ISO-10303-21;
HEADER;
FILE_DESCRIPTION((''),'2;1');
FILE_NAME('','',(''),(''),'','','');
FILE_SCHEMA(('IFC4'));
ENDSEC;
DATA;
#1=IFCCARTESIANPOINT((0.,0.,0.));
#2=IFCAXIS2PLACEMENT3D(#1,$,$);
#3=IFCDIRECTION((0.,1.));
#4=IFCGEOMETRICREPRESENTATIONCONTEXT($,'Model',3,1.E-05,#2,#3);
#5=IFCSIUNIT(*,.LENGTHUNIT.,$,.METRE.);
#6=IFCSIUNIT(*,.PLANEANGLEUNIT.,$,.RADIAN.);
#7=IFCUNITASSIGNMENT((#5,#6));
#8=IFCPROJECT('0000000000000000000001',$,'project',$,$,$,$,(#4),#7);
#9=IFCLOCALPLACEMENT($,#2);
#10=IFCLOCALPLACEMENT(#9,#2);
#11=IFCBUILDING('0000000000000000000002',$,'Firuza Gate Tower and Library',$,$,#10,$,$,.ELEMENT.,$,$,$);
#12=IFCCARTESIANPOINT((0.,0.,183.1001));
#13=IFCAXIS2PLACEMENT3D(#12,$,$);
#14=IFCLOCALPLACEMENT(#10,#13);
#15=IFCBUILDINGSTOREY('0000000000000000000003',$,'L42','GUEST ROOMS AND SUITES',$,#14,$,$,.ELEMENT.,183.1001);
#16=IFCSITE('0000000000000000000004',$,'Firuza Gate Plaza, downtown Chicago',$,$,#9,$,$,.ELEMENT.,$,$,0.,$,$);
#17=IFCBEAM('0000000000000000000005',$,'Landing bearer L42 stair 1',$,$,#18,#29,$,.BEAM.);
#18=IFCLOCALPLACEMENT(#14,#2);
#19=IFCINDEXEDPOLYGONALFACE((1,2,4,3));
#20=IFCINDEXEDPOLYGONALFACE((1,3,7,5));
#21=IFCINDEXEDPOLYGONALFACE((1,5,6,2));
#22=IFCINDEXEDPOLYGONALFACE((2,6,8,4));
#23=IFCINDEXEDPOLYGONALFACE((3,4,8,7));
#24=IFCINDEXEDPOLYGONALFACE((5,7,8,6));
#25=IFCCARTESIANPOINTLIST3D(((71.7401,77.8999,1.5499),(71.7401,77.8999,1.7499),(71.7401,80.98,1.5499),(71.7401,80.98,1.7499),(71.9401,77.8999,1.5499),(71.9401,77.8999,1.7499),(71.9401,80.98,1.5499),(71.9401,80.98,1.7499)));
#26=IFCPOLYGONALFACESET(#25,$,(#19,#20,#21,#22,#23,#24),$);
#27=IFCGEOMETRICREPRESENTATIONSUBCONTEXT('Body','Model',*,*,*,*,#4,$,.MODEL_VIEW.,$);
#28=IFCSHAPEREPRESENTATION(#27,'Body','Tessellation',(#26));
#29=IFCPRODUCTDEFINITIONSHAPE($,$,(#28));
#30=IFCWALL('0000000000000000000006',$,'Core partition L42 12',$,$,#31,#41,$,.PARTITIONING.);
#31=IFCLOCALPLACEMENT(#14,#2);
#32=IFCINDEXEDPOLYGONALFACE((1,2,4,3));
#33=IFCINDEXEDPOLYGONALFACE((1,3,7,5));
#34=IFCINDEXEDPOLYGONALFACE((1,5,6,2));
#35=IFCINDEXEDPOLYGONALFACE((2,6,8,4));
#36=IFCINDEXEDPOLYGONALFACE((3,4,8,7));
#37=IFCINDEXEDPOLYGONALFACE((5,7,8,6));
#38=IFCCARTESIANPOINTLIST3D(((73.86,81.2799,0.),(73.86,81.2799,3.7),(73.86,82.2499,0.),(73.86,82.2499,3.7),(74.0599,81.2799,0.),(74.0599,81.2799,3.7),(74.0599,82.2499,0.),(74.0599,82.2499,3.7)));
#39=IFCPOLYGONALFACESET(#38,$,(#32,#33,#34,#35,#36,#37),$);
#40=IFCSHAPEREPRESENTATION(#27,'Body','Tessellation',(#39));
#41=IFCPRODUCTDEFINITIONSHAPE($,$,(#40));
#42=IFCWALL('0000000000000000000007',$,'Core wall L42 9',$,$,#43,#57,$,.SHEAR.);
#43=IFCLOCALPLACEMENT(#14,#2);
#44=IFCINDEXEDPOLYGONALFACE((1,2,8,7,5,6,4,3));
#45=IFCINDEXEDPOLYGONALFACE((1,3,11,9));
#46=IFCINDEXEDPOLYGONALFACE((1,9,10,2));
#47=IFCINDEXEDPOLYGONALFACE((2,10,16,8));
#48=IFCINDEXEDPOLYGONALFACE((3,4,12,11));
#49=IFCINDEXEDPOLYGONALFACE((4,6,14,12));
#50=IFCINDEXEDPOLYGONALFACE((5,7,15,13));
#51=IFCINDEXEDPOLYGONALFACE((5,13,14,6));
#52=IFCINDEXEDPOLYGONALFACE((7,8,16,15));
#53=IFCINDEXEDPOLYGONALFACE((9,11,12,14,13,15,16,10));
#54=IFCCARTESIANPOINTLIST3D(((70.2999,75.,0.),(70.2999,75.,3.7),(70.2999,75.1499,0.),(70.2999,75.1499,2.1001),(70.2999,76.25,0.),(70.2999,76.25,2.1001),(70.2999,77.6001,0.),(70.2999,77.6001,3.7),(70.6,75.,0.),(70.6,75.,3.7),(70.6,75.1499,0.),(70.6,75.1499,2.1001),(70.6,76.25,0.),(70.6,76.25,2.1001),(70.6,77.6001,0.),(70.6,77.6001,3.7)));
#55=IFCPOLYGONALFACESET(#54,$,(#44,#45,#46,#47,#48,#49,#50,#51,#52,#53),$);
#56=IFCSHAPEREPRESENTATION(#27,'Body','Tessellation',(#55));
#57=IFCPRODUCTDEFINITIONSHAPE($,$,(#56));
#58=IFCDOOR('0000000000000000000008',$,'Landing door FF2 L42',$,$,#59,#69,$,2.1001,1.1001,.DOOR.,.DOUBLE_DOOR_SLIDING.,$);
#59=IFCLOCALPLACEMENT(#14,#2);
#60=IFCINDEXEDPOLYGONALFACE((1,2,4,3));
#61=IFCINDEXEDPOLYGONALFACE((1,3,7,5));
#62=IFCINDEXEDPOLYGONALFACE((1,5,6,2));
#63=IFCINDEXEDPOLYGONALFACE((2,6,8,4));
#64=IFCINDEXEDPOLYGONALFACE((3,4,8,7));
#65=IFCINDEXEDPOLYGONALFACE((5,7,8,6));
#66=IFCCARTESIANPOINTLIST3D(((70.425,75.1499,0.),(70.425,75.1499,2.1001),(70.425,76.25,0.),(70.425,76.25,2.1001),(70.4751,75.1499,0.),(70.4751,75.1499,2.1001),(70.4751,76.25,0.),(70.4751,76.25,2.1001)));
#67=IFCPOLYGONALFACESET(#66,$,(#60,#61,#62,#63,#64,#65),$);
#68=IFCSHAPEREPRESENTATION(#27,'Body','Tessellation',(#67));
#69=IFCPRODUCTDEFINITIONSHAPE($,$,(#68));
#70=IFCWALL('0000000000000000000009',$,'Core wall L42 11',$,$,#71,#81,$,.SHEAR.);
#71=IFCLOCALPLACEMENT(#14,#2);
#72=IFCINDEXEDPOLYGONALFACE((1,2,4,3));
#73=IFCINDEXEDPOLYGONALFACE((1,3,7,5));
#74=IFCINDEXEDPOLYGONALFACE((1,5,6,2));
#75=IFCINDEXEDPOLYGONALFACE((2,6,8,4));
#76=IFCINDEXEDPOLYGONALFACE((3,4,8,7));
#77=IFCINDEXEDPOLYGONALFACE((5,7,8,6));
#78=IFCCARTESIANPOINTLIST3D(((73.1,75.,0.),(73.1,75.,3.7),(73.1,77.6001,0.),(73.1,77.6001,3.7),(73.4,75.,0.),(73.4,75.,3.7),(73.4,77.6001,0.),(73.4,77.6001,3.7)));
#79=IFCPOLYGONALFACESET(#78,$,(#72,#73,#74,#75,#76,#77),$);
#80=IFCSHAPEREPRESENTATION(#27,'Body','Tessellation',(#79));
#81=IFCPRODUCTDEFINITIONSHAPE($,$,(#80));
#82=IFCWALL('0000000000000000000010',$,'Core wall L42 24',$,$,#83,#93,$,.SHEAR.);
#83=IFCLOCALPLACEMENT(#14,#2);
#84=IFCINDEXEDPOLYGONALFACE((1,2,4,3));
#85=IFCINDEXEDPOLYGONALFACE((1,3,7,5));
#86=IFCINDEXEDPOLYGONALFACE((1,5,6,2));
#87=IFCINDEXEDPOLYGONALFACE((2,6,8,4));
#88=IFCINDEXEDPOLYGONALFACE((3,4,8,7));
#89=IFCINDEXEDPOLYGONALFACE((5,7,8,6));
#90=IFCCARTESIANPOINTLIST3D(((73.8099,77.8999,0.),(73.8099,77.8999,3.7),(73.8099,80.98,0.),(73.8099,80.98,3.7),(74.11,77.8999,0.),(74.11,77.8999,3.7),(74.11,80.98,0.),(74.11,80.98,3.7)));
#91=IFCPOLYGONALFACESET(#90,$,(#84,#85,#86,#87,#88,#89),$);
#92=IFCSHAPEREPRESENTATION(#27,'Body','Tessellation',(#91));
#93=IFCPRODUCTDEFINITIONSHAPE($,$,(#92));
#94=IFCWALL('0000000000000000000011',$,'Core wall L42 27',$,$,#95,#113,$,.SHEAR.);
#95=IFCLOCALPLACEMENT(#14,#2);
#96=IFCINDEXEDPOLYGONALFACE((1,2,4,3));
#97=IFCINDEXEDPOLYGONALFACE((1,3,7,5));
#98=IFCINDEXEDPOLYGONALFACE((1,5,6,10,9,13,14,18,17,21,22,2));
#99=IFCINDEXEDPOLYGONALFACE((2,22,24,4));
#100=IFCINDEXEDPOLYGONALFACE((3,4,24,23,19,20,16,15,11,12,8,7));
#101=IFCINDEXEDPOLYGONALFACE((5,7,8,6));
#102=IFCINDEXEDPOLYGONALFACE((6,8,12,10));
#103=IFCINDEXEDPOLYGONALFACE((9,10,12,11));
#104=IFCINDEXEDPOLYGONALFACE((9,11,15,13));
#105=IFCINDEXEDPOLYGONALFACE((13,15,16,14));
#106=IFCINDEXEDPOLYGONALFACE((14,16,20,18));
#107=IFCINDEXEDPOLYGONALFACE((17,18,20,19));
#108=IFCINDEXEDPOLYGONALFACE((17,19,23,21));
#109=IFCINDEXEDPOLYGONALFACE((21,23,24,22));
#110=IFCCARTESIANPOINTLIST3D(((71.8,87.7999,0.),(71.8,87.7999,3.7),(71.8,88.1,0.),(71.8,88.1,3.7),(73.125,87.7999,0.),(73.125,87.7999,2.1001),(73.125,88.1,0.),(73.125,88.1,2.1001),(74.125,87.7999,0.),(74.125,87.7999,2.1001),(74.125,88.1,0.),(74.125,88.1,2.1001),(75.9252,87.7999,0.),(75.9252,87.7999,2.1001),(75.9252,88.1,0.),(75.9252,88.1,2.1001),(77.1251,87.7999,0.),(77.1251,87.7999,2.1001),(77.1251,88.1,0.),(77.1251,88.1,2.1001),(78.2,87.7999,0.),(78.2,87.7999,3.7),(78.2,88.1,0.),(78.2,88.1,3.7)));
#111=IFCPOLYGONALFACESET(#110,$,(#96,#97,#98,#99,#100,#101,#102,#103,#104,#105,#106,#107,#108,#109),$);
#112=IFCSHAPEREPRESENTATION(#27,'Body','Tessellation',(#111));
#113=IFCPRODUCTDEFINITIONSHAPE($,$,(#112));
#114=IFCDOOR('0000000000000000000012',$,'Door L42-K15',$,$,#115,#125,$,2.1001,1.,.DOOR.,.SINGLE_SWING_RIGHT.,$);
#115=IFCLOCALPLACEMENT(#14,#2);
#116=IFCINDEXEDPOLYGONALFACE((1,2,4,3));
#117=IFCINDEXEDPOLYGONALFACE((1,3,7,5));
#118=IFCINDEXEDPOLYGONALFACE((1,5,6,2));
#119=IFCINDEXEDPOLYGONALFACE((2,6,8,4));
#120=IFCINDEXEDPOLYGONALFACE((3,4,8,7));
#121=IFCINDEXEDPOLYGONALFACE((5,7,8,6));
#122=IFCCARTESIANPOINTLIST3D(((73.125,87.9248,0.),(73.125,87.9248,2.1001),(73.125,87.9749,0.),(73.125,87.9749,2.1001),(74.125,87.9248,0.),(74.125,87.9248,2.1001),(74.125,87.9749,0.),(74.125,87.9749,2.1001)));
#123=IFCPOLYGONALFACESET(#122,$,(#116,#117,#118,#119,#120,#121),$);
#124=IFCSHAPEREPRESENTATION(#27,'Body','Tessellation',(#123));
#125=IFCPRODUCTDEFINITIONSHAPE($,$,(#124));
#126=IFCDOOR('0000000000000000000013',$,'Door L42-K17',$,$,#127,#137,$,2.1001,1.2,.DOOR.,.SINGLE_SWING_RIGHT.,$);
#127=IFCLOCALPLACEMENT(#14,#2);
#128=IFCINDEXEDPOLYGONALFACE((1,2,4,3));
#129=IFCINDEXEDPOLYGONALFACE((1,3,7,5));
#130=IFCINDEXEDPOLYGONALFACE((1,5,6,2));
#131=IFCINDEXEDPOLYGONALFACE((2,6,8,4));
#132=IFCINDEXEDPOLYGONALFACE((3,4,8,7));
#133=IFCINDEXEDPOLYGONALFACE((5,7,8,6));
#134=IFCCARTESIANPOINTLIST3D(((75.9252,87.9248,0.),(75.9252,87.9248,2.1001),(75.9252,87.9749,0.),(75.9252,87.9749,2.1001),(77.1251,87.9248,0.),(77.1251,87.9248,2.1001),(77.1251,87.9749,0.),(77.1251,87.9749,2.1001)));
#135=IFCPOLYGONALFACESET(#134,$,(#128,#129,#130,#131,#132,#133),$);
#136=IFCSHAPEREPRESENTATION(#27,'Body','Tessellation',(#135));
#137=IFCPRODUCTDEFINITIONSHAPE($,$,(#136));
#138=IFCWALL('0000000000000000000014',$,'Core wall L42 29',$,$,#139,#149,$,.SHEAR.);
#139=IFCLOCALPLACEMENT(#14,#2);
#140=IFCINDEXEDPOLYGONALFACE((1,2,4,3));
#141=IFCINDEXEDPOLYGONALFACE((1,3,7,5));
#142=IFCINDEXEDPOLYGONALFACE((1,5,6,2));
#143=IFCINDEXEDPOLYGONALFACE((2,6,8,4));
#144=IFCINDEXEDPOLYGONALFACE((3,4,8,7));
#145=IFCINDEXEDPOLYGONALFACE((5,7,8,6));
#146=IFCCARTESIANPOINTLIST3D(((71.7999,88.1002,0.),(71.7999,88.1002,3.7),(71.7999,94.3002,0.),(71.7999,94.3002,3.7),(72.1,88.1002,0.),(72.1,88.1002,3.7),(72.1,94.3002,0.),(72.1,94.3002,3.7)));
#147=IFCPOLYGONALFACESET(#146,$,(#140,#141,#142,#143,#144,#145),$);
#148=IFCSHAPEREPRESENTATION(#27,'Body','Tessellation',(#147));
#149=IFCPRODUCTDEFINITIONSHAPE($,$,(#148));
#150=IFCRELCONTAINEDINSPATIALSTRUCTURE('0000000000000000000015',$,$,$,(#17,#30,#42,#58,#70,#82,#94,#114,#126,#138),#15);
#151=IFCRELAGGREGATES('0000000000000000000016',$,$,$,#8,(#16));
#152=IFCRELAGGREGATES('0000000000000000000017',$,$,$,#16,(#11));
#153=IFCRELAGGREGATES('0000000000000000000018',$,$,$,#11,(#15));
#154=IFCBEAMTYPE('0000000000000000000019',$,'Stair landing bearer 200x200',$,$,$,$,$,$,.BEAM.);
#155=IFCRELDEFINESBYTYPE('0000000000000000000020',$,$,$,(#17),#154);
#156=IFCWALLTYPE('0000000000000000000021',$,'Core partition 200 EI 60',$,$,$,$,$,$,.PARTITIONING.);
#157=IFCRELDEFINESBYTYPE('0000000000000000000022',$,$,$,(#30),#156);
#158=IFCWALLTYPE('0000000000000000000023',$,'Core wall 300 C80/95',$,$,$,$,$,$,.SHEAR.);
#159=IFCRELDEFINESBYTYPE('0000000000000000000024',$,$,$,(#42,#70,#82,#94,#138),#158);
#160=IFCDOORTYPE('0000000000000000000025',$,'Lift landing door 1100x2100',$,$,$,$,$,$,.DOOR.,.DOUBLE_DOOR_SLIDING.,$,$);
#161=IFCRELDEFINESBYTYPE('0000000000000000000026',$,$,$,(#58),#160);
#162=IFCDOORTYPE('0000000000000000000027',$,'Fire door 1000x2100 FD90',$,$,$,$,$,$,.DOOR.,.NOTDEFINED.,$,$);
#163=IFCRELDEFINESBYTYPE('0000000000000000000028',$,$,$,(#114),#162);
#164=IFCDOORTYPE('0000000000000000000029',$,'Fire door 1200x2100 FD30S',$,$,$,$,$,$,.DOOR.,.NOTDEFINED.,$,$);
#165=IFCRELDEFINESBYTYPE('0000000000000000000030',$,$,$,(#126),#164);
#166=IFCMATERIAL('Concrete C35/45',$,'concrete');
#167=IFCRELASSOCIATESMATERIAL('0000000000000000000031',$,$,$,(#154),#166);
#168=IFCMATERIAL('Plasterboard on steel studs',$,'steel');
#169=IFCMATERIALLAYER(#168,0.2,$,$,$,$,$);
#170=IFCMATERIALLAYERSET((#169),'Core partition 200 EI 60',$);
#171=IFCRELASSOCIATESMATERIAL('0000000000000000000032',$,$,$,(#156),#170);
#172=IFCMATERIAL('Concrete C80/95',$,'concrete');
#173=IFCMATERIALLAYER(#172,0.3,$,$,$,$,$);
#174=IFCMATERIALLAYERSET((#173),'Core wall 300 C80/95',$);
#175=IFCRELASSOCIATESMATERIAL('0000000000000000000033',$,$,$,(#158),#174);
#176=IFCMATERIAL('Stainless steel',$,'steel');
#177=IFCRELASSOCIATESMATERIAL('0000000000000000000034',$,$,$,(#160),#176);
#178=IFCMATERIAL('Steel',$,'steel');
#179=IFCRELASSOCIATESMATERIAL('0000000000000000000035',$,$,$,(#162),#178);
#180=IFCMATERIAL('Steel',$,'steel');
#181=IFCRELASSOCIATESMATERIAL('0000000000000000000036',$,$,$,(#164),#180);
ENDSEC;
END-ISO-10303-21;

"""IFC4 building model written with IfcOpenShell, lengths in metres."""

from ifc_helpers import new_model, si_unit, direction, frame, frame_2d, origin, origin_2d, place, context, subcontext, project, spatial, rectangle, extrude, material, layer, layer_set, material_profile, profile_set, type_object, element, fill, save


model = new_model("IFC4")

# Units and contexts
model_context = context("Model", 3, precision=1e-05, world=origin(), true_north=direction((0.0, 1.0)))
body_context = subcontext(model_context, "Body", "Model", "MODEL_VIEW")
ifc_project = project(units=[si_unit("LENGTHUNIT", "METRE"), si_unit("PLANEANGLEUNIT", "RADIAN")], contexts=[model_context])

# Site, building, storey
site_placement = place(None, origin())
site = spatial("IfcSite", under=ifc_project, at=site_placement, Name="Firuza Gate Plaza, downtown Chicago", CompositionType="ELEMENT", RefElevation=0.0)
building_placement = place(site_placement, origin())
building = spatial("IfcBuilding", under=site, at=building_placement, Name="Firuza Gate Tower and Library", CompositionType="ELEMENT")
storey_placement = place(building_placement, frame((0.0, 0.0, 183.1001)))
storey = spatial("IfcBuildingStorey", under=building, at=storey_placement, Name="L42", Description="GUEST ROOMS AND SUITES", CompositionType="ELEMENT", Elevation=183.1001)

# Beam
ifc_material_1 = material(Name="Concrete C35/45", Category="concrete")
ifc_material_profile = material_profile(ifc_material_1, rectangle(XDim=0.2, YDim=0.2, at=origin_2d()))
ifc_profile_set = profile_set([ifc_material_profile], Name="Concrete C35/45")
beam_type = type_object("IfcBeamType", Name="Stair landing bearer 200x200", PredefinedType="BEAM", material=ifc_profile_set)
beam_placement = place(storey_placement, frame((71.8401, 77.8999, 1.6499), z_axis=(0.0, 1.0, 0.0), x_axis=(-1.0, 0.0, 0.0)))
element("IfcBeam", 1, at=beam_placement, inside=storey, type_object=beam_type, Name="Landing bearer L42 stair 1", PredefinedType="BEAM", context=body_context, shape_type="SweptSolid", body=[
    extrude(rectangle(XDim=0.2, YDim=0.2, at=origin_2d()), origin(), (0.0, 0.0, 1.0), 3.0801),
])

# Wall
ifc_material_2 = material(Name="Plasterboard on steel studs", Category="steel")
ifc_layer_1 = layer(ifc_material_2, 0.2)
ifc_layer_set_1 = layer_set([ifc_layer_1], Name="Core partition 200 EI 60")
wall_type_1 = type_object("IfcWallType", Name="Core partition 200 EI 60", PredefinedType="PARTITIONING", material=ifc_layer_set_1)
wall_1_placement = place(storey_placement, frame((73.96, 81.28, 0.0), z_axis=(0.0, 0.0, 1.0), x_axis=(0.0, 1.0, 0.0)))
element("IfcWall", 2, at=wall_1_placement, inside=storey, type_object=wall_type_1, Name="Core partition L42 12", PredefinedType="PARTITIONING", context=body_context, shape_type="SweptSolid", body=[
    extrude(rectangle(XDim=0.97, YDim=0.2, at=frame_2d((0.4849, 0.0))), origin(), (0.0, 0.0, 1.0), 3.7),
])

# Wall, opening, door
ifc_material_3 = material(Name="Concrete C80/95", Category="concrete")
ifc_layer_2 = layer(ifc_material_3, 0.3)
ifc_layer_set_2 = layer_set([ifc_layer_2], Name="Core wall 300 C80/95")
wall_type_2 = type_object("IfcWallType", Name="Core wall 300 C80/95", PredefinedType="SHEAR", material=ifc_layer_set_2)
wall_2_placement = place(storey_placement, frame((70.45, 75.0, 0.0), z_axis=(0.0, 0.0, 1.0), x_axis=(0.0, 1.0, 0.0)))
wall_2 = element("IfcWall", 3, at=wall_2_placement, inside=storey, type_object=wall_type_2, Name="Core wall L42 9", PredefinedType="SHEAR", context=body_context, shape_type="SweptSolid", body=[
    extrude(rectangle(XDim=2.6001, YDim=0.3, at=frame_2d((1.3, 0.0))), origin(), (0.0, 0.0, 1.0), 3.7),
])
opening_1_placement = place(wall_2_placement, frame((0.1499, 0.0, 0.0)))
opening_1 = element("IfcOpeningElement", 4, at=opening_1_placement, cuts=wall_2, PredefinedType="OPENING", context=body_context, shape_type="SweptSolid", body=[
    extrude(rectangle(XDim=1.1001, YDim=2.1001, at=frame_2d((0.55, 1.05))), frame((0.0, 0.1602, 0.0), z_axis=(0.0, -1.0, 0.0), x_axis=(1.0, 0.0, 0.0)), (0.0, 0.0, 1.0), 0.3201),
])
ifc_material_4 = material(Name="Stainless steel", Category="steel")
door_type_1 = type_object("IfcDoorType", Name="Lift landing door 1100x2100", OperationType="DOUBLE_DOOR_SLIDING", PredefinedType="DOOR", material=ifc_material_4)
door_1_placement = place(opening_1_placement, origin())
door_1 = element("IfcDoor", 5, at=door_1_placement, inside=storey, type_object=door_type_1, Name="Landing door FF2 L42", OperationType="DOUBLE_DOOR_SLIDING", OverallHeight=2.1001, OverallWidth=1.1001, PredefinedType="DOOR", context=body_context, shape_type="SweptSolid", body=[
    extrude(rectangle(XDim=1.1001, YDim=2.1001, at=frame_2d((0.55, 1.05))), frame((0.0, 0.0249, 0.0), z_axis=(0.0, -1.0, 0.0), x_axis=(1.0, 0.0, 0.0)), (0.0, 0.0, 1.0), 0.05),
])
fill(opening_1, door_1)

# Walls
wall_3_placement = place(storey_placement, frame((73.25, 75.0, 0.0), z_axis=(0.0, 0.0, 1.0), x_axis=(0.0, 1.0, 0.0)))
element("IfcWall", 6, at=wall_3_placement, inside=storey, type_object=wall_type_2, Name="Core wall L42 11", PredefinedType="SHEAR", context=body_context, shape_type="SweptSolid", body=[
    extrude(rectangle(XDim=2.6001, YDim=0.3, at=frame_2d((1.3, 0.0))), origin(), (0.0, 0.0, 1.0), 3.7),
])
wall_4_placement = place(storey_placement, frame((73.96, 77.8999, 0.0), z_axis=(0.0, 0.0, 1.0), x_axis=(0.0, 1.0, 0.0)))
element("IfcWall", 7, at=wall_4_placement, inside=storey, type_object=wall_type_2, Name="Core wall L42 24", PredefinedType="SHEAR", context=body_context, shape_type="SweptSolid", body=[
    extrude(rectangle(XDim=3.0801, YDim=0.3, at=frame_2d((1.54, 0.0))), origin(), (0.0, 0.0, 1.0), 3.7),
])

# Wall, openings, doors
wall_5_placement = place(storey_placement, frame((71.8, 87.95, 0.0), z_axis=(0.0, 0.0, 1.0), x_axis=(1.0, 0.0, 0.0)))
wall_5 = element("IfcWall", 8, at=wall_5_placement, inside=storey, type_object=wall_type_2, Name="Core wall L42 27", PredefinedType="SHEAR", context=body_context, shape_type="SweptSolid", body=[
    extrude(rectangle(XDim=6.3999, YDim=0.3, at=frame_2d((3.2, 0.0))), origin(), (0.0, 0.0, 1.0), 3.7),
])
opening_2_placement = place(wall_5_placement, frame((1.325, 0.0, 0.0)))
opening_2 = element("IfcOpeningElement", 9, at=opening_2_placement, cuts=wall_5, PredefinedType="OPENING", context=body_context, shape_type="SweptSolid", body=[
    extrude(rectangle(XDim=1.0, YDim=2.1001, at=frame_2d((0.5, 1.05))), frame((0.0, 0.1602, 0.0), z_axis=(0.0, -1.0, 0.0), x_axis=(1.0, 0.0, 0.0)), (0.0, 0.0, 1.0), 0.3201),
])
opening_3_placement = place(wall_5_placement, frame((4.125, 0.0, 0.0)))
opening_3 = element("IfcOpeningElement", 10, at=opening_3_placement, cuts=wall_5, PredefinedType="OPENING", context=body_context, shape_type="SweptSolid", body=[
    extrude(rectangle(XDim=1.2, YDim=2.1001, at=frame_2d((0.6001, 1.05))), frame((0.0, 0.1602, 0.0), z_axis=(0.0, -1.0, 0.0), x_axis=(1.0, 0.0, 0.0)), (0.0, 0.0, 1.0), 0.3201),
])
ifc_material_5 = material(Name="Steel", Category="steel")
door_type_2 = type_object("IfcDoorType", Name="Fire door 1000x2100 FD90", OperationType="NOTDEFINED", PredefinedType="DOOR", material=ifc_material_5)
door_2_placement = place(opening_2_placement, origin())
door_2 = element("IfcDoor", 11, at=door_2_placement, inside=storey, type_object=door_type_2, Name="Door L42-K15", OperationType="SINGLE_SWING_RIGHT", OverallHeight=2.1001, OverallWidth=1.0, PredefinedType="DOOR", context=body_context, shape_type="SweptSolid", body=[
    extrude(rectangle(XDim=1.0, YDim=2.1001, at=frame_2d((0.5, 1.05))), frame((0.0, 0.0249, 0.0), z_axis=(0.0, -1.0, 0.0), x_axis=(1.0, 0.0, 0.0)), (0.0, 0.0, 1.0), 0.05),
])
fill(opening_2, door_2)
ifc_material_6 = material(Name="Steel", Category="steel")
door_type_3 = type_object("IfcDoorType", Name="Fire door 1200x2100 FD30S", OperationType="NOTDEFINED", PredefinedType="DOOR", material=ifc_material_6)
door_3_placement = place(opening_3_placement, origin())
door_3 = element("IfcDoor", 12, at=door_3_placement, inside=storey, type_object=door_type_3, Name="Door L42-K17", OperationType="SINGLE_SWING_RIGHT", OverallHeight=2.1001, OverallWidth=1.2, PredefinedType="DOOR", context=body_context, shape_type="SweptSolid", body=[
    extrude(rectangle(XDim=1.2, YDim=2.1001, at=frame_2d((0.6001, 1.05))), frame((0.0, 0.0249, 0.0), z_axis=(0.0, -1.0, 0.0), x_axis=(1.0, 0.0, 0.0)), (0.0, 0.0, 1.0), 0.05),
])
fill(opening_3, door_3)

# Wall
wall_6_placement = place(storey_placement, frame((71.95, 88.1001, 0.0), z_axis=(0.0, 0.0, 1.0), x_axis=(0.0, 1.0, 0.0)))
element("IfcWall", 13, at=wall_6_placement, inside=storey, type_object=wall_type_2, Name="Core wall L42 29", PredefinedType="SHEAR", context=body_context, shape_type="SweptSolid", body=[
    extrude(rectangle(XDim=6.2, YDim=0.3, at=frame_2d((3.1001, 0.0))), origin(), (0.0, 0.0, 1.0), 3.7),
])

save(model, "model.ifc")
